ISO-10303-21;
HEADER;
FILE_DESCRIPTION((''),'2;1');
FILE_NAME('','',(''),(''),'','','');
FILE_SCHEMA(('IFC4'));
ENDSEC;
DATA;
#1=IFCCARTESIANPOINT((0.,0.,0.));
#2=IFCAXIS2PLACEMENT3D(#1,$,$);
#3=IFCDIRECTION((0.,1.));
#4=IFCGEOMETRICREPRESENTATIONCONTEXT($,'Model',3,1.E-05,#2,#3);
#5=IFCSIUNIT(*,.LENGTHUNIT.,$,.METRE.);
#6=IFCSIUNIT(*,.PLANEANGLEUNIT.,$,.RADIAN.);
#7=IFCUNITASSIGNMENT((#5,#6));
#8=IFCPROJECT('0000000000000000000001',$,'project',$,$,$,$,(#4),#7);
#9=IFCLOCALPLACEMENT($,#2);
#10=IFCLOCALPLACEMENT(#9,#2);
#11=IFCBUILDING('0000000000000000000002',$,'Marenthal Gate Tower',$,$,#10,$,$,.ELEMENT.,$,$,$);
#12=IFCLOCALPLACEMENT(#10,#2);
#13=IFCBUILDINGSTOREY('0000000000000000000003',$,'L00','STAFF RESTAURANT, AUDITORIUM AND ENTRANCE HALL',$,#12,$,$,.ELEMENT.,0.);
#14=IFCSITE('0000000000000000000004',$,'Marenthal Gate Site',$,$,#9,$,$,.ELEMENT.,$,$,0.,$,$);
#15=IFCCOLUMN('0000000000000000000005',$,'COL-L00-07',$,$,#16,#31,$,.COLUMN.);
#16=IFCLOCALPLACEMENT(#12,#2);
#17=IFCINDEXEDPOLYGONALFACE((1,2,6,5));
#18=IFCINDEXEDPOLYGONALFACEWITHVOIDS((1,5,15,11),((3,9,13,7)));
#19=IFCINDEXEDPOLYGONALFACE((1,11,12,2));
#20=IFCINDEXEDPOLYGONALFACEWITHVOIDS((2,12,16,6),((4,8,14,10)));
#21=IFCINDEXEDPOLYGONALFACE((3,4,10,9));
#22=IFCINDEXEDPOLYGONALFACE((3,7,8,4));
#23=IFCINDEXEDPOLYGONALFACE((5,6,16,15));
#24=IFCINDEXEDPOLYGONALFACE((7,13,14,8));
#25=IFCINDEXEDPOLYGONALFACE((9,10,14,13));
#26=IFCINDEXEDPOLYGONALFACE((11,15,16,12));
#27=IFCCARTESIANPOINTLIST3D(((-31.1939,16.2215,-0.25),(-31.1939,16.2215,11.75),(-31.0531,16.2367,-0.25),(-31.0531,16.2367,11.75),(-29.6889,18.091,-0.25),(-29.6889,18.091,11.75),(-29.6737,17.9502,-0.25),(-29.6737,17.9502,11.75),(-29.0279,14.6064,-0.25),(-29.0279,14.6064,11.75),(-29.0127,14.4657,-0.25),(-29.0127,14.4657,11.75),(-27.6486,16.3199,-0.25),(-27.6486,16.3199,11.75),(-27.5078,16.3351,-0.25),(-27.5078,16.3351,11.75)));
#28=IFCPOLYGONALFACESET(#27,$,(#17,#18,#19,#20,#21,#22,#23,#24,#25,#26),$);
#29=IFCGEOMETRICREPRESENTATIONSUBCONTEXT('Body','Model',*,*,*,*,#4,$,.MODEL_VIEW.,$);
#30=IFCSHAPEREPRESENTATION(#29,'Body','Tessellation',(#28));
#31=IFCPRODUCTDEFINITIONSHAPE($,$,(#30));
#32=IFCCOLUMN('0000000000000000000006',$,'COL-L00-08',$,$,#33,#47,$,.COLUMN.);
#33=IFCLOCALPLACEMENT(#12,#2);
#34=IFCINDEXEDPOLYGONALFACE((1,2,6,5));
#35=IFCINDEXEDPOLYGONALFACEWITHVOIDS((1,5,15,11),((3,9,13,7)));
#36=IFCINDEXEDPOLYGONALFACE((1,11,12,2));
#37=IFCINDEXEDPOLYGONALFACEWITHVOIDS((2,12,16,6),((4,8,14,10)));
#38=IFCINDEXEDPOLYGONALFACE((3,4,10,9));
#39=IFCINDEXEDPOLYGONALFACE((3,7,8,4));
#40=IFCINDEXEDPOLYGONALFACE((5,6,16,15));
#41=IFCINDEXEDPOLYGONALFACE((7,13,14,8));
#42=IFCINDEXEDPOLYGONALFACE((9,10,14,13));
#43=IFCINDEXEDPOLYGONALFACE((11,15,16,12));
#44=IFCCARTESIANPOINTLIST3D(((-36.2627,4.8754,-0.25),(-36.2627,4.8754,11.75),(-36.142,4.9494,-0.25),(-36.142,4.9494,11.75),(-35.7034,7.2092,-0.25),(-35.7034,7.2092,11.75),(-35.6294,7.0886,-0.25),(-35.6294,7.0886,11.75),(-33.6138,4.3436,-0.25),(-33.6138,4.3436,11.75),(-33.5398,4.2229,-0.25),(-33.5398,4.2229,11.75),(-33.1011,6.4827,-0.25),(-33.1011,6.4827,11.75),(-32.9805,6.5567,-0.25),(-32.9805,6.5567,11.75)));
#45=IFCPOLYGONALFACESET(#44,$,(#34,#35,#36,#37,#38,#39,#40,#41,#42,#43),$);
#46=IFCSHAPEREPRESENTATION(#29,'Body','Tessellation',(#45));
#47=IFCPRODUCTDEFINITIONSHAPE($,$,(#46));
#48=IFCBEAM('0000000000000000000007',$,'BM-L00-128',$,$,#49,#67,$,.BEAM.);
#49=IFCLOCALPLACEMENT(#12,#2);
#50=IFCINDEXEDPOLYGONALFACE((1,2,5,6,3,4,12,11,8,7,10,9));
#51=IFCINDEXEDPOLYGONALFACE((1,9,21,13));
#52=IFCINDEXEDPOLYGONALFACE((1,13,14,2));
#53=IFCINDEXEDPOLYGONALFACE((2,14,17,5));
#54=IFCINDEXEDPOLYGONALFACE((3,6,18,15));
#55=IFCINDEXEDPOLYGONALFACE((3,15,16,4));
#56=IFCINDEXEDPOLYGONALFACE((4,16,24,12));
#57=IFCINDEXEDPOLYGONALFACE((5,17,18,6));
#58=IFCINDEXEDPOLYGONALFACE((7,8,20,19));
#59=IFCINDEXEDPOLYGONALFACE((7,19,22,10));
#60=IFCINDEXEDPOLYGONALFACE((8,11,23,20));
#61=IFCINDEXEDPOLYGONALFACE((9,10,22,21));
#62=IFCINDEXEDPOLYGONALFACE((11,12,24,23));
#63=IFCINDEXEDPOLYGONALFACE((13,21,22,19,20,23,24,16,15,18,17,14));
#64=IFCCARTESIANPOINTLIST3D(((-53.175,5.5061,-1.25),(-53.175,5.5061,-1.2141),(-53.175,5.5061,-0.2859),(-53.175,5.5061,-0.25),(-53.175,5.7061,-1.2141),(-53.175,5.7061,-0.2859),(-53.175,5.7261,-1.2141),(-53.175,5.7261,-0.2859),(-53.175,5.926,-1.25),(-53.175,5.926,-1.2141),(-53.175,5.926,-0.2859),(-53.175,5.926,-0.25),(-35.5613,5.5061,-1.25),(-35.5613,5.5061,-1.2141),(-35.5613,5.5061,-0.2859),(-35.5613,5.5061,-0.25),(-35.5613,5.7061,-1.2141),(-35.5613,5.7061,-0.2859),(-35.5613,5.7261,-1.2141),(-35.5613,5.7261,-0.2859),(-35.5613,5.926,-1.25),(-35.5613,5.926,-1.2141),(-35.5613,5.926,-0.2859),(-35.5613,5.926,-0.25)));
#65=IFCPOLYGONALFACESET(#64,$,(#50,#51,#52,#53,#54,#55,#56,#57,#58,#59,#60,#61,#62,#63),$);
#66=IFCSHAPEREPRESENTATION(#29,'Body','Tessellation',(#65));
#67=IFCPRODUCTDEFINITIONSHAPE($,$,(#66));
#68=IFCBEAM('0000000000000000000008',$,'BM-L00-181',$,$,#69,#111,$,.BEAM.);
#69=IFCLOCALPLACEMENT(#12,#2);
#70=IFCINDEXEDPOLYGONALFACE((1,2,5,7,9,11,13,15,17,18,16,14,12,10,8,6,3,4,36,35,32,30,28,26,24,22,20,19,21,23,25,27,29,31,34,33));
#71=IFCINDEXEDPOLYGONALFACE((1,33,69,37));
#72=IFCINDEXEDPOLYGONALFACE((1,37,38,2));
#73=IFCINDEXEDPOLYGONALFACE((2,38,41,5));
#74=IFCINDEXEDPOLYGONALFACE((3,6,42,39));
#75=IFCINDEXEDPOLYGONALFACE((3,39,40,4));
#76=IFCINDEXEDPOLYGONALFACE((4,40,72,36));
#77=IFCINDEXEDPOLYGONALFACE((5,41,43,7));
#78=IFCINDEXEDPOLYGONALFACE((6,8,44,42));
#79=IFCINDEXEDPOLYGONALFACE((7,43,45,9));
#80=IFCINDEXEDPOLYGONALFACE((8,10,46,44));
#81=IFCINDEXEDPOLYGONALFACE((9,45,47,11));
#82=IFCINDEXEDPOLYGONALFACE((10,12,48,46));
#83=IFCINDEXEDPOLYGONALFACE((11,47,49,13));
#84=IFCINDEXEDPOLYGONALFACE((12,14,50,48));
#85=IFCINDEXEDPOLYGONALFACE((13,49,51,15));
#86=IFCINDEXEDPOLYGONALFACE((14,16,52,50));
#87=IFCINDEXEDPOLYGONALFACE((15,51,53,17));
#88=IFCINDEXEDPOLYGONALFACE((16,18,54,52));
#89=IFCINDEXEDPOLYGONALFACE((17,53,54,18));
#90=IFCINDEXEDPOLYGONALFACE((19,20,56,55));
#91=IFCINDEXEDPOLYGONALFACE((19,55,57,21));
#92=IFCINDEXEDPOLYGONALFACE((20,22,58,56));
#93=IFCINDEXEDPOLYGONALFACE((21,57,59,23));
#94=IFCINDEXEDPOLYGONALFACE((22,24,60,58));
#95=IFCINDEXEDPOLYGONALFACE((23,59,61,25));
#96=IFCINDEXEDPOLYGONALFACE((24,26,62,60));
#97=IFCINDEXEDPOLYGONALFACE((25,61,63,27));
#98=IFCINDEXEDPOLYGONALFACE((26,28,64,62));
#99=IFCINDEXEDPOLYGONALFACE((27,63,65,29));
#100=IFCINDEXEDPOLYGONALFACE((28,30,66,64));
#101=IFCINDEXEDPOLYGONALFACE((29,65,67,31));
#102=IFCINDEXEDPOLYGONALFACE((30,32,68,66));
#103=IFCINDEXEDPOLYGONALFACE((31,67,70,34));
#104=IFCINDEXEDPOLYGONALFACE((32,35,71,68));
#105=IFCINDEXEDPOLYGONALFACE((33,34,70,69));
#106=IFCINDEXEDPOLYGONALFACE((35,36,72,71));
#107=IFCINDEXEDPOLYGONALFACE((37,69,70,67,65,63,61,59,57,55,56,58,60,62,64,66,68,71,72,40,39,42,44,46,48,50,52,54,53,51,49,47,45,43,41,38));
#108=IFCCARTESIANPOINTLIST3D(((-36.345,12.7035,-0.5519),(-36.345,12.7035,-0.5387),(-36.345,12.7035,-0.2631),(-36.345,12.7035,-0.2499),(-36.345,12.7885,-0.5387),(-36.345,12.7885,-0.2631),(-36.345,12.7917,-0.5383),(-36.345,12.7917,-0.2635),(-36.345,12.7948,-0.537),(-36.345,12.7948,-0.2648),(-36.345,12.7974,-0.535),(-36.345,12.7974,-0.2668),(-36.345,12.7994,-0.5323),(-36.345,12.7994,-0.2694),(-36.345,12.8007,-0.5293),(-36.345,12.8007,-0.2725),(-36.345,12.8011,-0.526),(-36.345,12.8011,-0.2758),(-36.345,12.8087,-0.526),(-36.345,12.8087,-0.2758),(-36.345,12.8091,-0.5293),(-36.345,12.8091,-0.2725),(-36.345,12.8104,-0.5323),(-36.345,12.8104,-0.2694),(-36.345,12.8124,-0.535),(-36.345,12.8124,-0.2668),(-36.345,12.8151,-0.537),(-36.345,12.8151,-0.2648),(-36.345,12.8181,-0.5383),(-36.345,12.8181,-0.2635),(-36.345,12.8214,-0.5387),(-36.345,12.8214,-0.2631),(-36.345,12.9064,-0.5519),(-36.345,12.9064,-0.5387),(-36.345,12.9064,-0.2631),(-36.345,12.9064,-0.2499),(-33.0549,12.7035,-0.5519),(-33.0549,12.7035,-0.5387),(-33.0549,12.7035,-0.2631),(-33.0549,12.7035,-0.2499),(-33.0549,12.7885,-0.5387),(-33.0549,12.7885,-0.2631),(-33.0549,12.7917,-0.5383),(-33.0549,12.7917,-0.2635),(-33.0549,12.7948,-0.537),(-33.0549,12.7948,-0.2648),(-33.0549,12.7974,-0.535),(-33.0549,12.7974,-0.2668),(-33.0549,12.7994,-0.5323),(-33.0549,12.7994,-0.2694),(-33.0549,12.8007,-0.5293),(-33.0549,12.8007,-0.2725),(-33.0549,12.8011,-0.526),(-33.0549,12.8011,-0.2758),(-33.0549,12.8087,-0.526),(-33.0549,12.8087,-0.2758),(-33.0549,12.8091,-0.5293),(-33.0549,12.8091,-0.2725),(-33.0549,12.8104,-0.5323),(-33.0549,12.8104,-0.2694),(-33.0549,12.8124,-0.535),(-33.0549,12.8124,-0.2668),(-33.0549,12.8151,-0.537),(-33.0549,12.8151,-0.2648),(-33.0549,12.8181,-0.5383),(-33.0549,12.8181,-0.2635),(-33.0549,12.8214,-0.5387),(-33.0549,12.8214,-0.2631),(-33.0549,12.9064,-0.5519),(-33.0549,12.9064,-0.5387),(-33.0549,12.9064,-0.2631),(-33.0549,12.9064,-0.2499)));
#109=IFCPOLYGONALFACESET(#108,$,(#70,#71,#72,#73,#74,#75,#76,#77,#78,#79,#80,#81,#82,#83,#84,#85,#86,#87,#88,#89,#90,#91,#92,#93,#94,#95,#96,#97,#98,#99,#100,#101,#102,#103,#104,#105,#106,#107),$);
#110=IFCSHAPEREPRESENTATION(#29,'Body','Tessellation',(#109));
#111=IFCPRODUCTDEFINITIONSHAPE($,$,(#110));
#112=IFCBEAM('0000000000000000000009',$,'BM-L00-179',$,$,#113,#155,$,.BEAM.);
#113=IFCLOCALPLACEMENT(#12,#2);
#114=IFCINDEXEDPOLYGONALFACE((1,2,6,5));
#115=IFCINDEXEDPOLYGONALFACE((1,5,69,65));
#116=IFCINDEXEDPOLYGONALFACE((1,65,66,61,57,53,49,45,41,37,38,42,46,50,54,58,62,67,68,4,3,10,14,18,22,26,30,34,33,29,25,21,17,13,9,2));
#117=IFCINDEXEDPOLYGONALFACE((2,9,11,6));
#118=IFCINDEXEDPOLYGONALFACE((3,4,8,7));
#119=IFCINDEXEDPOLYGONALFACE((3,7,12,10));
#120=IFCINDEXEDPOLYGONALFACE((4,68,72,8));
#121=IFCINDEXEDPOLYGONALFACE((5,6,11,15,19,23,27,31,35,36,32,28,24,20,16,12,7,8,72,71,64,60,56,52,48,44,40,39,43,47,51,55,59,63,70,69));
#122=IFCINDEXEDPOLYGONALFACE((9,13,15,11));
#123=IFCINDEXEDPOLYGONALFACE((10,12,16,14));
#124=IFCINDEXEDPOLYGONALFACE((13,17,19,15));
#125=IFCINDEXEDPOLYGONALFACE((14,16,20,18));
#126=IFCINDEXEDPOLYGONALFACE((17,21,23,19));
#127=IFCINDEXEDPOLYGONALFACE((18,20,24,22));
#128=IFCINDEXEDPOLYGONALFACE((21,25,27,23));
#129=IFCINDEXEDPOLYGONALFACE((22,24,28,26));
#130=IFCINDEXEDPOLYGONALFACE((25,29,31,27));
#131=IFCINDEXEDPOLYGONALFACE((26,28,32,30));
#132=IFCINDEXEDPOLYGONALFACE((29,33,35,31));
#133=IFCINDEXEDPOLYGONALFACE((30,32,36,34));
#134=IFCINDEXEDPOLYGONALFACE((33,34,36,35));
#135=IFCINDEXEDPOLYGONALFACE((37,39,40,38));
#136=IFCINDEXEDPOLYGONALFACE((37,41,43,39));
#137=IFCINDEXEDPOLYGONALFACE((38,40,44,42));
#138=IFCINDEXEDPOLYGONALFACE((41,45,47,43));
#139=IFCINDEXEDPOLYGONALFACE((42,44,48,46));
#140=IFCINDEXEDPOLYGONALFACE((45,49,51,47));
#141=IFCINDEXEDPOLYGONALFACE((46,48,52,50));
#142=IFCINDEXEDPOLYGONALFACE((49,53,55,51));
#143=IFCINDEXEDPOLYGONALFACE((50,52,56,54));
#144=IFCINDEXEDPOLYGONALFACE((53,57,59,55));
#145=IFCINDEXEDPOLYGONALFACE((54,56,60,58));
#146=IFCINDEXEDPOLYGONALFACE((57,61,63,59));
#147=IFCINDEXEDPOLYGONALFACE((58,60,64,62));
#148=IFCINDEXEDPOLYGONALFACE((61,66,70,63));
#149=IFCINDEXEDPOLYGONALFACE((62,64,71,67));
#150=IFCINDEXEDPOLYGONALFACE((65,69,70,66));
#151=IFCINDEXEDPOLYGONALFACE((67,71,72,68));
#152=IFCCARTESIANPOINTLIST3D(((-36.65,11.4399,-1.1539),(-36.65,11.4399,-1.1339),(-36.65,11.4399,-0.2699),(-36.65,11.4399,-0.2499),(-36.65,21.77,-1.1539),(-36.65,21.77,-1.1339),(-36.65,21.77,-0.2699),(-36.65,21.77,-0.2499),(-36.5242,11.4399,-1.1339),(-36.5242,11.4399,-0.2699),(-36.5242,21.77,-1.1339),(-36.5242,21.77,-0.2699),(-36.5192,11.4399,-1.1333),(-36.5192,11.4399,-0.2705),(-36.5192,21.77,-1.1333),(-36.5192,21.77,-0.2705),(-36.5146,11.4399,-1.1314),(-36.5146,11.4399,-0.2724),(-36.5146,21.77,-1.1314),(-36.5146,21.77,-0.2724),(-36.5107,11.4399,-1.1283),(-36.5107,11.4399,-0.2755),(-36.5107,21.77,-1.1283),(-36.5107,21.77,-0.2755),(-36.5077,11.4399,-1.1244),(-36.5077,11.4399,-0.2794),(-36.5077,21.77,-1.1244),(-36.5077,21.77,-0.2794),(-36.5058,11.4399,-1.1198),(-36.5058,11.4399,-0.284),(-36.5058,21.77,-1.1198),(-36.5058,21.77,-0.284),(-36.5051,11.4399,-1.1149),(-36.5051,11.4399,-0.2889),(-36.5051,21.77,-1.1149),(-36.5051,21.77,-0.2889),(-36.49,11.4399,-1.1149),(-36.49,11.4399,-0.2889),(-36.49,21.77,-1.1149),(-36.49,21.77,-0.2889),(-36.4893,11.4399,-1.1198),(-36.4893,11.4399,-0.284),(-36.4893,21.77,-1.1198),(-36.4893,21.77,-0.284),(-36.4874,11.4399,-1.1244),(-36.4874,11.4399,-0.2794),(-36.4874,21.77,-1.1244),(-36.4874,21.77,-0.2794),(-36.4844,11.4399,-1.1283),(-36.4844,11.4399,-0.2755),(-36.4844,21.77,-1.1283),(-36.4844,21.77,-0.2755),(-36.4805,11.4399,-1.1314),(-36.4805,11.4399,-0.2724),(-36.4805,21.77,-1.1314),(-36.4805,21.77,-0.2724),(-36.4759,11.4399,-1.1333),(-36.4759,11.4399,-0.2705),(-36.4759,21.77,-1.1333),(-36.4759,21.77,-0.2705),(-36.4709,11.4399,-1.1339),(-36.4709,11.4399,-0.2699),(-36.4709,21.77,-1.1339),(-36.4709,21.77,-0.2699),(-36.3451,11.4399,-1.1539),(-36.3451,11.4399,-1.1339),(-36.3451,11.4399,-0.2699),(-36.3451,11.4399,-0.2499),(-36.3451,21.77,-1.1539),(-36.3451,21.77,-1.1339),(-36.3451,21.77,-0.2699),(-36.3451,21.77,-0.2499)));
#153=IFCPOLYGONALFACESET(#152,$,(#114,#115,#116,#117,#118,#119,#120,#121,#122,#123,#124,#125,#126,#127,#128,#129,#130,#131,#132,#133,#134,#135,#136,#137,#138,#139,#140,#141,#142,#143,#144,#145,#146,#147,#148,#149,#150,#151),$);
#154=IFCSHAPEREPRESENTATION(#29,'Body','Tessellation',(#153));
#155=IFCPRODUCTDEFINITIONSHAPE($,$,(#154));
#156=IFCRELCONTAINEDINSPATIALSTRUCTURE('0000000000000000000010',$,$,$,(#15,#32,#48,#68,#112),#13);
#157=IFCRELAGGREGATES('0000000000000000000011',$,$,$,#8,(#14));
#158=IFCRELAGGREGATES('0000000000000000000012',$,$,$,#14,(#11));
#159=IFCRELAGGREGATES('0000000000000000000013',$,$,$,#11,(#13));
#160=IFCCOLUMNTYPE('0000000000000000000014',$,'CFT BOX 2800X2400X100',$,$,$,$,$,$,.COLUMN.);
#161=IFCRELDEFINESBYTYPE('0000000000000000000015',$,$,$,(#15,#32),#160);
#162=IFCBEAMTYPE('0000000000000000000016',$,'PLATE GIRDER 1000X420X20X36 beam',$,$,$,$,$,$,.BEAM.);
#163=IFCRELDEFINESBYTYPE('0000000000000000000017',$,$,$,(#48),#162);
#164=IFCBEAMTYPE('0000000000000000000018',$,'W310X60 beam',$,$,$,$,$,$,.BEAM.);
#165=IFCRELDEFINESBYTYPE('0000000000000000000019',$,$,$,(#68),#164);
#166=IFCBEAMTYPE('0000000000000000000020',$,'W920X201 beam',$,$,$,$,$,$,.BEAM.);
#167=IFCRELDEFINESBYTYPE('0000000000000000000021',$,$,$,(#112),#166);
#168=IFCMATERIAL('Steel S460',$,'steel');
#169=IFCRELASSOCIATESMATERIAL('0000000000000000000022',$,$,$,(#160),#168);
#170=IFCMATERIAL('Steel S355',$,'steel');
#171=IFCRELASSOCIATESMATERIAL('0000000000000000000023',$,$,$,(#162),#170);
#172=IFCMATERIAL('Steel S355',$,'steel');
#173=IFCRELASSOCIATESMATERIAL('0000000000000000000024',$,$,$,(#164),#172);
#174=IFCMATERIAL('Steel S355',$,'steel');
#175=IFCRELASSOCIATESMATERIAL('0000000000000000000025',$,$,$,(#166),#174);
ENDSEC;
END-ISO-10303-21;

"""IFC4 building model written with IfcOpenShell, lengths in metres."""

from ifc_helpers import new_model, si_unit, direction, frame, origin, origin_2d, place, context, subcontext, project, spatial, rectangle, hollow_rectangle, i_section, extrude, material, material_profile, profile_set, type_object, element, save


model = new_model("IFC4")

# Units and contexts
model_context = context("Model", 3, precision=1e-05, world=origin(), true_north=direction((0.0, 1.0)))
body_context = subcontext(model_context, "Body", "Model", "MODEL_VIEW")
ifc_project = project(units=[si_unit("LENGTHUNIT", "METRE"), si_unit("PLANEANGLEUNIT", "RADIAN")], contexts=[model_context])

# Site, building, storey
site_placement = place(None, origin())
site = spatial("IfcSite", under=ifc_project, at=site_placement, Name="Marenthal Gate Site", CompositionType="ELEMENT", RefElevation=0.0)
building_placement = place(site_placement, origin())
building = spatial("IfcBuilding", under=site, at=building_placement, Name="Marenthal Gate Tower", CompositionType="ELEMENT")
storey_placement = place(building_placement, origin())
storey = spatial("IfcBuildingStorey", under=building, at=storey_placement, Name="L00", Description="STAFF RESTAURANT, AUDITORIUM AND ENTRANCE HALL", CompositionType="ELEMENT", Elevation=0.0)

# Columns
ifc_material_1 = material(Name="Steel S460", Category="steel")
ifc_material_profile_1 = material_profile(ifc_material_1, hollow_rectangle(XDim=2.3999, YDim=2.8, WallThickness=0.1001, at=origin_2d()), Name="CFT BOX 2800X2400X100")
ifc_material_2 = material(Name="Concrete 70 MPa", Category="concrete")
ifc_material_profile_2 = material_profile(ifc_material_2, rectangle(XDim=2.2, YDim=2.6001, at=origin_2d()), Name="CFT BOX 2800X2400X100 INFILL")
ifc_profile_set_1 = profile_set([ifc_material_profile_1, ifc_material_profile_2], Name="Steel S460 shell, Concrete 70 MPa infill")
column_type = type_object("IfcColumnType", Name="CFT BOX 2800X2400X100", PredefinedType="COLUMN", material=ifc_profile_set_1)
for number, where, z_axis, x_axis, name in (
    (1, (-29.3508, 16.2783, -0.25), (0.0, 0.0, 1.0), (0.62707, 0.778963, 0.0), "COL-L00-07"),
    (2, (-34.6216, 5.7161, -0.25), (0.0, 0.0, 1.0), (0.233047, 0.972466, 0.0), "COL-L00-08"),
):
    element("IfcColumn", number, at=place(storey_placement, frame(where, z_axis=z_axis, x_axis=x_axis)), inside=storey, type_object=column_type, Name=name, PredefinedType="COLUMN", context=body_context, shape_type="SweptSolid", body=[
        extrude(hollow_rectangle(XDim=2.3999, YDim=2.8, WallThickness=0.1001, at=origin_2d()), origin(), (0.0, 0.0, 1.0), 12.0),
    ])

# Beams
ifc_material_3 = material(Name="Steel S355", Category="steel")
ifc_material_profile_3 = material_profile(ifc_material_3, i_section(OverallWidth=0.4199, OverallDepth=1.0, WebThickness=0.02, FlangeThickness=0.0359, at=origin_2d()), Name="PLATE GIRDER 1000X420X20X36")
ifc_profile_set_2 = profile_set([ifc_material_profile_3], Name="Steel S355")
beam_type_1 = type_object("IfcBeamType", Name="PLATE GIRDER 1000X420X20X36 beam", PredefinedType="BEAM", material=ifc_profile_set_2)
beam_1_placement = place(storey_placement, frame((-35.5613, 5.7161, -0.75), z_axis=(-1.0, 0.0, 0.0), x_axis=(0.0, -1.0, 0.0)))
element("IfcBeam", 3, at=beam_1_placement, inside=storey, type_object=beam_type_1, Name="BM-L00-128", PredefinedType="BEAM", context=body_context, shape_type="SweptSolid", body=[
    extrude(i_section(OverallWidth=0.4199, OverallDepth=1.0, WebThickness=0.02, FlangeThickness=0.0359, at=origin_2d()), origin(), (0.0, 0.0, 1.0), 17.6138),
])
ifc_material_4 = material(Name="Steel S355", Category="steel")
ifc_material_profile_4 = material_profile(ifc_material_4, i_section(OverallWidth=0.2029, OverallDepth=0.302, WebThickness=0.0076, FlangeThickness=0.0132, FilletRadius=0.0127, at=origin_2d()), Name="W310X60")
ifc_profile_set_3 = profile_set([ifc_material_profile_4], Name="Steel S355")
beam_type_2 = type_object("IfcBeamType", Name="W310X60 beam", PredefinedType="BEAM", material=ifc_profile_set_3)
beam_2_placement = place(storey_placement, frame((-36.345, 12.8049, -0.4009), z_axis=(1.0, 0.0, 0.0), x_axis=(0.0, 1.0, 0.0)))
element("IfcBeam", 4, at=beam_2_placement, inside=storey, type_object=beam_type_2, Name="BM-L00-181", PredefinedType="BEAM", context=body_context, shape_type="SweptSolid", body=[
    extrude(i_section(OverallWidth=0.2029, OverallDepth=0.302, WebThickness=0.0076, FlangeThickness=0.0132, FilletRadius=0.0127, at=origin_2d()), origin(), (0.0, 0.0, 1.0), 3.29),
])
ifc_material_5 = material(Name="Steel S355", Category="steel")
ifc_material_profile_5 = material_profile(ifc_material_5, i_section(OverallWidth=0.3049, OverallDepth=0.9041, WebThickness=0.0151, FlangeThickness=0.02, FilletRadius=0.019, at=origin_2d()), Name="W920X201")
ifc_profile_set_4 = profile_set([ifc_material_profile_5], Name="Steel S355")
beam_type_3 = type_object("IfcBeamType", Name="W920X201 beam", PredefinedType="BEAM", material=ifc_profile_set_4)
for number, where, z_axis, x_axis, name in (
    (5, (-36.4976, 11.4399, -0.7019), (0.0, 1.0, 0.0), (-1.0, 0.0, 0.0), "BM-L00-179"),
):
    element("IfcBeam", number, at=place(storey_placement, frame(where, z_axis=z_axis, x_axis=x_axis)), inside=storey, type_object=beam_type_3, Name=name, PredefinedType="BEAM", context=body_context, shape_type="SweptSolid", body=[
        extrude(i_section(OverallWidth=0.3049, OverallDepth=0.9041, WebThickness=0.0151, FlangeThickness=0.02, FilletRadius=0.019, at=origin_2d()), origin(), (0.0, 0.0, 1.0), 10.3301),
    ])

save(model, "model.ifc")
